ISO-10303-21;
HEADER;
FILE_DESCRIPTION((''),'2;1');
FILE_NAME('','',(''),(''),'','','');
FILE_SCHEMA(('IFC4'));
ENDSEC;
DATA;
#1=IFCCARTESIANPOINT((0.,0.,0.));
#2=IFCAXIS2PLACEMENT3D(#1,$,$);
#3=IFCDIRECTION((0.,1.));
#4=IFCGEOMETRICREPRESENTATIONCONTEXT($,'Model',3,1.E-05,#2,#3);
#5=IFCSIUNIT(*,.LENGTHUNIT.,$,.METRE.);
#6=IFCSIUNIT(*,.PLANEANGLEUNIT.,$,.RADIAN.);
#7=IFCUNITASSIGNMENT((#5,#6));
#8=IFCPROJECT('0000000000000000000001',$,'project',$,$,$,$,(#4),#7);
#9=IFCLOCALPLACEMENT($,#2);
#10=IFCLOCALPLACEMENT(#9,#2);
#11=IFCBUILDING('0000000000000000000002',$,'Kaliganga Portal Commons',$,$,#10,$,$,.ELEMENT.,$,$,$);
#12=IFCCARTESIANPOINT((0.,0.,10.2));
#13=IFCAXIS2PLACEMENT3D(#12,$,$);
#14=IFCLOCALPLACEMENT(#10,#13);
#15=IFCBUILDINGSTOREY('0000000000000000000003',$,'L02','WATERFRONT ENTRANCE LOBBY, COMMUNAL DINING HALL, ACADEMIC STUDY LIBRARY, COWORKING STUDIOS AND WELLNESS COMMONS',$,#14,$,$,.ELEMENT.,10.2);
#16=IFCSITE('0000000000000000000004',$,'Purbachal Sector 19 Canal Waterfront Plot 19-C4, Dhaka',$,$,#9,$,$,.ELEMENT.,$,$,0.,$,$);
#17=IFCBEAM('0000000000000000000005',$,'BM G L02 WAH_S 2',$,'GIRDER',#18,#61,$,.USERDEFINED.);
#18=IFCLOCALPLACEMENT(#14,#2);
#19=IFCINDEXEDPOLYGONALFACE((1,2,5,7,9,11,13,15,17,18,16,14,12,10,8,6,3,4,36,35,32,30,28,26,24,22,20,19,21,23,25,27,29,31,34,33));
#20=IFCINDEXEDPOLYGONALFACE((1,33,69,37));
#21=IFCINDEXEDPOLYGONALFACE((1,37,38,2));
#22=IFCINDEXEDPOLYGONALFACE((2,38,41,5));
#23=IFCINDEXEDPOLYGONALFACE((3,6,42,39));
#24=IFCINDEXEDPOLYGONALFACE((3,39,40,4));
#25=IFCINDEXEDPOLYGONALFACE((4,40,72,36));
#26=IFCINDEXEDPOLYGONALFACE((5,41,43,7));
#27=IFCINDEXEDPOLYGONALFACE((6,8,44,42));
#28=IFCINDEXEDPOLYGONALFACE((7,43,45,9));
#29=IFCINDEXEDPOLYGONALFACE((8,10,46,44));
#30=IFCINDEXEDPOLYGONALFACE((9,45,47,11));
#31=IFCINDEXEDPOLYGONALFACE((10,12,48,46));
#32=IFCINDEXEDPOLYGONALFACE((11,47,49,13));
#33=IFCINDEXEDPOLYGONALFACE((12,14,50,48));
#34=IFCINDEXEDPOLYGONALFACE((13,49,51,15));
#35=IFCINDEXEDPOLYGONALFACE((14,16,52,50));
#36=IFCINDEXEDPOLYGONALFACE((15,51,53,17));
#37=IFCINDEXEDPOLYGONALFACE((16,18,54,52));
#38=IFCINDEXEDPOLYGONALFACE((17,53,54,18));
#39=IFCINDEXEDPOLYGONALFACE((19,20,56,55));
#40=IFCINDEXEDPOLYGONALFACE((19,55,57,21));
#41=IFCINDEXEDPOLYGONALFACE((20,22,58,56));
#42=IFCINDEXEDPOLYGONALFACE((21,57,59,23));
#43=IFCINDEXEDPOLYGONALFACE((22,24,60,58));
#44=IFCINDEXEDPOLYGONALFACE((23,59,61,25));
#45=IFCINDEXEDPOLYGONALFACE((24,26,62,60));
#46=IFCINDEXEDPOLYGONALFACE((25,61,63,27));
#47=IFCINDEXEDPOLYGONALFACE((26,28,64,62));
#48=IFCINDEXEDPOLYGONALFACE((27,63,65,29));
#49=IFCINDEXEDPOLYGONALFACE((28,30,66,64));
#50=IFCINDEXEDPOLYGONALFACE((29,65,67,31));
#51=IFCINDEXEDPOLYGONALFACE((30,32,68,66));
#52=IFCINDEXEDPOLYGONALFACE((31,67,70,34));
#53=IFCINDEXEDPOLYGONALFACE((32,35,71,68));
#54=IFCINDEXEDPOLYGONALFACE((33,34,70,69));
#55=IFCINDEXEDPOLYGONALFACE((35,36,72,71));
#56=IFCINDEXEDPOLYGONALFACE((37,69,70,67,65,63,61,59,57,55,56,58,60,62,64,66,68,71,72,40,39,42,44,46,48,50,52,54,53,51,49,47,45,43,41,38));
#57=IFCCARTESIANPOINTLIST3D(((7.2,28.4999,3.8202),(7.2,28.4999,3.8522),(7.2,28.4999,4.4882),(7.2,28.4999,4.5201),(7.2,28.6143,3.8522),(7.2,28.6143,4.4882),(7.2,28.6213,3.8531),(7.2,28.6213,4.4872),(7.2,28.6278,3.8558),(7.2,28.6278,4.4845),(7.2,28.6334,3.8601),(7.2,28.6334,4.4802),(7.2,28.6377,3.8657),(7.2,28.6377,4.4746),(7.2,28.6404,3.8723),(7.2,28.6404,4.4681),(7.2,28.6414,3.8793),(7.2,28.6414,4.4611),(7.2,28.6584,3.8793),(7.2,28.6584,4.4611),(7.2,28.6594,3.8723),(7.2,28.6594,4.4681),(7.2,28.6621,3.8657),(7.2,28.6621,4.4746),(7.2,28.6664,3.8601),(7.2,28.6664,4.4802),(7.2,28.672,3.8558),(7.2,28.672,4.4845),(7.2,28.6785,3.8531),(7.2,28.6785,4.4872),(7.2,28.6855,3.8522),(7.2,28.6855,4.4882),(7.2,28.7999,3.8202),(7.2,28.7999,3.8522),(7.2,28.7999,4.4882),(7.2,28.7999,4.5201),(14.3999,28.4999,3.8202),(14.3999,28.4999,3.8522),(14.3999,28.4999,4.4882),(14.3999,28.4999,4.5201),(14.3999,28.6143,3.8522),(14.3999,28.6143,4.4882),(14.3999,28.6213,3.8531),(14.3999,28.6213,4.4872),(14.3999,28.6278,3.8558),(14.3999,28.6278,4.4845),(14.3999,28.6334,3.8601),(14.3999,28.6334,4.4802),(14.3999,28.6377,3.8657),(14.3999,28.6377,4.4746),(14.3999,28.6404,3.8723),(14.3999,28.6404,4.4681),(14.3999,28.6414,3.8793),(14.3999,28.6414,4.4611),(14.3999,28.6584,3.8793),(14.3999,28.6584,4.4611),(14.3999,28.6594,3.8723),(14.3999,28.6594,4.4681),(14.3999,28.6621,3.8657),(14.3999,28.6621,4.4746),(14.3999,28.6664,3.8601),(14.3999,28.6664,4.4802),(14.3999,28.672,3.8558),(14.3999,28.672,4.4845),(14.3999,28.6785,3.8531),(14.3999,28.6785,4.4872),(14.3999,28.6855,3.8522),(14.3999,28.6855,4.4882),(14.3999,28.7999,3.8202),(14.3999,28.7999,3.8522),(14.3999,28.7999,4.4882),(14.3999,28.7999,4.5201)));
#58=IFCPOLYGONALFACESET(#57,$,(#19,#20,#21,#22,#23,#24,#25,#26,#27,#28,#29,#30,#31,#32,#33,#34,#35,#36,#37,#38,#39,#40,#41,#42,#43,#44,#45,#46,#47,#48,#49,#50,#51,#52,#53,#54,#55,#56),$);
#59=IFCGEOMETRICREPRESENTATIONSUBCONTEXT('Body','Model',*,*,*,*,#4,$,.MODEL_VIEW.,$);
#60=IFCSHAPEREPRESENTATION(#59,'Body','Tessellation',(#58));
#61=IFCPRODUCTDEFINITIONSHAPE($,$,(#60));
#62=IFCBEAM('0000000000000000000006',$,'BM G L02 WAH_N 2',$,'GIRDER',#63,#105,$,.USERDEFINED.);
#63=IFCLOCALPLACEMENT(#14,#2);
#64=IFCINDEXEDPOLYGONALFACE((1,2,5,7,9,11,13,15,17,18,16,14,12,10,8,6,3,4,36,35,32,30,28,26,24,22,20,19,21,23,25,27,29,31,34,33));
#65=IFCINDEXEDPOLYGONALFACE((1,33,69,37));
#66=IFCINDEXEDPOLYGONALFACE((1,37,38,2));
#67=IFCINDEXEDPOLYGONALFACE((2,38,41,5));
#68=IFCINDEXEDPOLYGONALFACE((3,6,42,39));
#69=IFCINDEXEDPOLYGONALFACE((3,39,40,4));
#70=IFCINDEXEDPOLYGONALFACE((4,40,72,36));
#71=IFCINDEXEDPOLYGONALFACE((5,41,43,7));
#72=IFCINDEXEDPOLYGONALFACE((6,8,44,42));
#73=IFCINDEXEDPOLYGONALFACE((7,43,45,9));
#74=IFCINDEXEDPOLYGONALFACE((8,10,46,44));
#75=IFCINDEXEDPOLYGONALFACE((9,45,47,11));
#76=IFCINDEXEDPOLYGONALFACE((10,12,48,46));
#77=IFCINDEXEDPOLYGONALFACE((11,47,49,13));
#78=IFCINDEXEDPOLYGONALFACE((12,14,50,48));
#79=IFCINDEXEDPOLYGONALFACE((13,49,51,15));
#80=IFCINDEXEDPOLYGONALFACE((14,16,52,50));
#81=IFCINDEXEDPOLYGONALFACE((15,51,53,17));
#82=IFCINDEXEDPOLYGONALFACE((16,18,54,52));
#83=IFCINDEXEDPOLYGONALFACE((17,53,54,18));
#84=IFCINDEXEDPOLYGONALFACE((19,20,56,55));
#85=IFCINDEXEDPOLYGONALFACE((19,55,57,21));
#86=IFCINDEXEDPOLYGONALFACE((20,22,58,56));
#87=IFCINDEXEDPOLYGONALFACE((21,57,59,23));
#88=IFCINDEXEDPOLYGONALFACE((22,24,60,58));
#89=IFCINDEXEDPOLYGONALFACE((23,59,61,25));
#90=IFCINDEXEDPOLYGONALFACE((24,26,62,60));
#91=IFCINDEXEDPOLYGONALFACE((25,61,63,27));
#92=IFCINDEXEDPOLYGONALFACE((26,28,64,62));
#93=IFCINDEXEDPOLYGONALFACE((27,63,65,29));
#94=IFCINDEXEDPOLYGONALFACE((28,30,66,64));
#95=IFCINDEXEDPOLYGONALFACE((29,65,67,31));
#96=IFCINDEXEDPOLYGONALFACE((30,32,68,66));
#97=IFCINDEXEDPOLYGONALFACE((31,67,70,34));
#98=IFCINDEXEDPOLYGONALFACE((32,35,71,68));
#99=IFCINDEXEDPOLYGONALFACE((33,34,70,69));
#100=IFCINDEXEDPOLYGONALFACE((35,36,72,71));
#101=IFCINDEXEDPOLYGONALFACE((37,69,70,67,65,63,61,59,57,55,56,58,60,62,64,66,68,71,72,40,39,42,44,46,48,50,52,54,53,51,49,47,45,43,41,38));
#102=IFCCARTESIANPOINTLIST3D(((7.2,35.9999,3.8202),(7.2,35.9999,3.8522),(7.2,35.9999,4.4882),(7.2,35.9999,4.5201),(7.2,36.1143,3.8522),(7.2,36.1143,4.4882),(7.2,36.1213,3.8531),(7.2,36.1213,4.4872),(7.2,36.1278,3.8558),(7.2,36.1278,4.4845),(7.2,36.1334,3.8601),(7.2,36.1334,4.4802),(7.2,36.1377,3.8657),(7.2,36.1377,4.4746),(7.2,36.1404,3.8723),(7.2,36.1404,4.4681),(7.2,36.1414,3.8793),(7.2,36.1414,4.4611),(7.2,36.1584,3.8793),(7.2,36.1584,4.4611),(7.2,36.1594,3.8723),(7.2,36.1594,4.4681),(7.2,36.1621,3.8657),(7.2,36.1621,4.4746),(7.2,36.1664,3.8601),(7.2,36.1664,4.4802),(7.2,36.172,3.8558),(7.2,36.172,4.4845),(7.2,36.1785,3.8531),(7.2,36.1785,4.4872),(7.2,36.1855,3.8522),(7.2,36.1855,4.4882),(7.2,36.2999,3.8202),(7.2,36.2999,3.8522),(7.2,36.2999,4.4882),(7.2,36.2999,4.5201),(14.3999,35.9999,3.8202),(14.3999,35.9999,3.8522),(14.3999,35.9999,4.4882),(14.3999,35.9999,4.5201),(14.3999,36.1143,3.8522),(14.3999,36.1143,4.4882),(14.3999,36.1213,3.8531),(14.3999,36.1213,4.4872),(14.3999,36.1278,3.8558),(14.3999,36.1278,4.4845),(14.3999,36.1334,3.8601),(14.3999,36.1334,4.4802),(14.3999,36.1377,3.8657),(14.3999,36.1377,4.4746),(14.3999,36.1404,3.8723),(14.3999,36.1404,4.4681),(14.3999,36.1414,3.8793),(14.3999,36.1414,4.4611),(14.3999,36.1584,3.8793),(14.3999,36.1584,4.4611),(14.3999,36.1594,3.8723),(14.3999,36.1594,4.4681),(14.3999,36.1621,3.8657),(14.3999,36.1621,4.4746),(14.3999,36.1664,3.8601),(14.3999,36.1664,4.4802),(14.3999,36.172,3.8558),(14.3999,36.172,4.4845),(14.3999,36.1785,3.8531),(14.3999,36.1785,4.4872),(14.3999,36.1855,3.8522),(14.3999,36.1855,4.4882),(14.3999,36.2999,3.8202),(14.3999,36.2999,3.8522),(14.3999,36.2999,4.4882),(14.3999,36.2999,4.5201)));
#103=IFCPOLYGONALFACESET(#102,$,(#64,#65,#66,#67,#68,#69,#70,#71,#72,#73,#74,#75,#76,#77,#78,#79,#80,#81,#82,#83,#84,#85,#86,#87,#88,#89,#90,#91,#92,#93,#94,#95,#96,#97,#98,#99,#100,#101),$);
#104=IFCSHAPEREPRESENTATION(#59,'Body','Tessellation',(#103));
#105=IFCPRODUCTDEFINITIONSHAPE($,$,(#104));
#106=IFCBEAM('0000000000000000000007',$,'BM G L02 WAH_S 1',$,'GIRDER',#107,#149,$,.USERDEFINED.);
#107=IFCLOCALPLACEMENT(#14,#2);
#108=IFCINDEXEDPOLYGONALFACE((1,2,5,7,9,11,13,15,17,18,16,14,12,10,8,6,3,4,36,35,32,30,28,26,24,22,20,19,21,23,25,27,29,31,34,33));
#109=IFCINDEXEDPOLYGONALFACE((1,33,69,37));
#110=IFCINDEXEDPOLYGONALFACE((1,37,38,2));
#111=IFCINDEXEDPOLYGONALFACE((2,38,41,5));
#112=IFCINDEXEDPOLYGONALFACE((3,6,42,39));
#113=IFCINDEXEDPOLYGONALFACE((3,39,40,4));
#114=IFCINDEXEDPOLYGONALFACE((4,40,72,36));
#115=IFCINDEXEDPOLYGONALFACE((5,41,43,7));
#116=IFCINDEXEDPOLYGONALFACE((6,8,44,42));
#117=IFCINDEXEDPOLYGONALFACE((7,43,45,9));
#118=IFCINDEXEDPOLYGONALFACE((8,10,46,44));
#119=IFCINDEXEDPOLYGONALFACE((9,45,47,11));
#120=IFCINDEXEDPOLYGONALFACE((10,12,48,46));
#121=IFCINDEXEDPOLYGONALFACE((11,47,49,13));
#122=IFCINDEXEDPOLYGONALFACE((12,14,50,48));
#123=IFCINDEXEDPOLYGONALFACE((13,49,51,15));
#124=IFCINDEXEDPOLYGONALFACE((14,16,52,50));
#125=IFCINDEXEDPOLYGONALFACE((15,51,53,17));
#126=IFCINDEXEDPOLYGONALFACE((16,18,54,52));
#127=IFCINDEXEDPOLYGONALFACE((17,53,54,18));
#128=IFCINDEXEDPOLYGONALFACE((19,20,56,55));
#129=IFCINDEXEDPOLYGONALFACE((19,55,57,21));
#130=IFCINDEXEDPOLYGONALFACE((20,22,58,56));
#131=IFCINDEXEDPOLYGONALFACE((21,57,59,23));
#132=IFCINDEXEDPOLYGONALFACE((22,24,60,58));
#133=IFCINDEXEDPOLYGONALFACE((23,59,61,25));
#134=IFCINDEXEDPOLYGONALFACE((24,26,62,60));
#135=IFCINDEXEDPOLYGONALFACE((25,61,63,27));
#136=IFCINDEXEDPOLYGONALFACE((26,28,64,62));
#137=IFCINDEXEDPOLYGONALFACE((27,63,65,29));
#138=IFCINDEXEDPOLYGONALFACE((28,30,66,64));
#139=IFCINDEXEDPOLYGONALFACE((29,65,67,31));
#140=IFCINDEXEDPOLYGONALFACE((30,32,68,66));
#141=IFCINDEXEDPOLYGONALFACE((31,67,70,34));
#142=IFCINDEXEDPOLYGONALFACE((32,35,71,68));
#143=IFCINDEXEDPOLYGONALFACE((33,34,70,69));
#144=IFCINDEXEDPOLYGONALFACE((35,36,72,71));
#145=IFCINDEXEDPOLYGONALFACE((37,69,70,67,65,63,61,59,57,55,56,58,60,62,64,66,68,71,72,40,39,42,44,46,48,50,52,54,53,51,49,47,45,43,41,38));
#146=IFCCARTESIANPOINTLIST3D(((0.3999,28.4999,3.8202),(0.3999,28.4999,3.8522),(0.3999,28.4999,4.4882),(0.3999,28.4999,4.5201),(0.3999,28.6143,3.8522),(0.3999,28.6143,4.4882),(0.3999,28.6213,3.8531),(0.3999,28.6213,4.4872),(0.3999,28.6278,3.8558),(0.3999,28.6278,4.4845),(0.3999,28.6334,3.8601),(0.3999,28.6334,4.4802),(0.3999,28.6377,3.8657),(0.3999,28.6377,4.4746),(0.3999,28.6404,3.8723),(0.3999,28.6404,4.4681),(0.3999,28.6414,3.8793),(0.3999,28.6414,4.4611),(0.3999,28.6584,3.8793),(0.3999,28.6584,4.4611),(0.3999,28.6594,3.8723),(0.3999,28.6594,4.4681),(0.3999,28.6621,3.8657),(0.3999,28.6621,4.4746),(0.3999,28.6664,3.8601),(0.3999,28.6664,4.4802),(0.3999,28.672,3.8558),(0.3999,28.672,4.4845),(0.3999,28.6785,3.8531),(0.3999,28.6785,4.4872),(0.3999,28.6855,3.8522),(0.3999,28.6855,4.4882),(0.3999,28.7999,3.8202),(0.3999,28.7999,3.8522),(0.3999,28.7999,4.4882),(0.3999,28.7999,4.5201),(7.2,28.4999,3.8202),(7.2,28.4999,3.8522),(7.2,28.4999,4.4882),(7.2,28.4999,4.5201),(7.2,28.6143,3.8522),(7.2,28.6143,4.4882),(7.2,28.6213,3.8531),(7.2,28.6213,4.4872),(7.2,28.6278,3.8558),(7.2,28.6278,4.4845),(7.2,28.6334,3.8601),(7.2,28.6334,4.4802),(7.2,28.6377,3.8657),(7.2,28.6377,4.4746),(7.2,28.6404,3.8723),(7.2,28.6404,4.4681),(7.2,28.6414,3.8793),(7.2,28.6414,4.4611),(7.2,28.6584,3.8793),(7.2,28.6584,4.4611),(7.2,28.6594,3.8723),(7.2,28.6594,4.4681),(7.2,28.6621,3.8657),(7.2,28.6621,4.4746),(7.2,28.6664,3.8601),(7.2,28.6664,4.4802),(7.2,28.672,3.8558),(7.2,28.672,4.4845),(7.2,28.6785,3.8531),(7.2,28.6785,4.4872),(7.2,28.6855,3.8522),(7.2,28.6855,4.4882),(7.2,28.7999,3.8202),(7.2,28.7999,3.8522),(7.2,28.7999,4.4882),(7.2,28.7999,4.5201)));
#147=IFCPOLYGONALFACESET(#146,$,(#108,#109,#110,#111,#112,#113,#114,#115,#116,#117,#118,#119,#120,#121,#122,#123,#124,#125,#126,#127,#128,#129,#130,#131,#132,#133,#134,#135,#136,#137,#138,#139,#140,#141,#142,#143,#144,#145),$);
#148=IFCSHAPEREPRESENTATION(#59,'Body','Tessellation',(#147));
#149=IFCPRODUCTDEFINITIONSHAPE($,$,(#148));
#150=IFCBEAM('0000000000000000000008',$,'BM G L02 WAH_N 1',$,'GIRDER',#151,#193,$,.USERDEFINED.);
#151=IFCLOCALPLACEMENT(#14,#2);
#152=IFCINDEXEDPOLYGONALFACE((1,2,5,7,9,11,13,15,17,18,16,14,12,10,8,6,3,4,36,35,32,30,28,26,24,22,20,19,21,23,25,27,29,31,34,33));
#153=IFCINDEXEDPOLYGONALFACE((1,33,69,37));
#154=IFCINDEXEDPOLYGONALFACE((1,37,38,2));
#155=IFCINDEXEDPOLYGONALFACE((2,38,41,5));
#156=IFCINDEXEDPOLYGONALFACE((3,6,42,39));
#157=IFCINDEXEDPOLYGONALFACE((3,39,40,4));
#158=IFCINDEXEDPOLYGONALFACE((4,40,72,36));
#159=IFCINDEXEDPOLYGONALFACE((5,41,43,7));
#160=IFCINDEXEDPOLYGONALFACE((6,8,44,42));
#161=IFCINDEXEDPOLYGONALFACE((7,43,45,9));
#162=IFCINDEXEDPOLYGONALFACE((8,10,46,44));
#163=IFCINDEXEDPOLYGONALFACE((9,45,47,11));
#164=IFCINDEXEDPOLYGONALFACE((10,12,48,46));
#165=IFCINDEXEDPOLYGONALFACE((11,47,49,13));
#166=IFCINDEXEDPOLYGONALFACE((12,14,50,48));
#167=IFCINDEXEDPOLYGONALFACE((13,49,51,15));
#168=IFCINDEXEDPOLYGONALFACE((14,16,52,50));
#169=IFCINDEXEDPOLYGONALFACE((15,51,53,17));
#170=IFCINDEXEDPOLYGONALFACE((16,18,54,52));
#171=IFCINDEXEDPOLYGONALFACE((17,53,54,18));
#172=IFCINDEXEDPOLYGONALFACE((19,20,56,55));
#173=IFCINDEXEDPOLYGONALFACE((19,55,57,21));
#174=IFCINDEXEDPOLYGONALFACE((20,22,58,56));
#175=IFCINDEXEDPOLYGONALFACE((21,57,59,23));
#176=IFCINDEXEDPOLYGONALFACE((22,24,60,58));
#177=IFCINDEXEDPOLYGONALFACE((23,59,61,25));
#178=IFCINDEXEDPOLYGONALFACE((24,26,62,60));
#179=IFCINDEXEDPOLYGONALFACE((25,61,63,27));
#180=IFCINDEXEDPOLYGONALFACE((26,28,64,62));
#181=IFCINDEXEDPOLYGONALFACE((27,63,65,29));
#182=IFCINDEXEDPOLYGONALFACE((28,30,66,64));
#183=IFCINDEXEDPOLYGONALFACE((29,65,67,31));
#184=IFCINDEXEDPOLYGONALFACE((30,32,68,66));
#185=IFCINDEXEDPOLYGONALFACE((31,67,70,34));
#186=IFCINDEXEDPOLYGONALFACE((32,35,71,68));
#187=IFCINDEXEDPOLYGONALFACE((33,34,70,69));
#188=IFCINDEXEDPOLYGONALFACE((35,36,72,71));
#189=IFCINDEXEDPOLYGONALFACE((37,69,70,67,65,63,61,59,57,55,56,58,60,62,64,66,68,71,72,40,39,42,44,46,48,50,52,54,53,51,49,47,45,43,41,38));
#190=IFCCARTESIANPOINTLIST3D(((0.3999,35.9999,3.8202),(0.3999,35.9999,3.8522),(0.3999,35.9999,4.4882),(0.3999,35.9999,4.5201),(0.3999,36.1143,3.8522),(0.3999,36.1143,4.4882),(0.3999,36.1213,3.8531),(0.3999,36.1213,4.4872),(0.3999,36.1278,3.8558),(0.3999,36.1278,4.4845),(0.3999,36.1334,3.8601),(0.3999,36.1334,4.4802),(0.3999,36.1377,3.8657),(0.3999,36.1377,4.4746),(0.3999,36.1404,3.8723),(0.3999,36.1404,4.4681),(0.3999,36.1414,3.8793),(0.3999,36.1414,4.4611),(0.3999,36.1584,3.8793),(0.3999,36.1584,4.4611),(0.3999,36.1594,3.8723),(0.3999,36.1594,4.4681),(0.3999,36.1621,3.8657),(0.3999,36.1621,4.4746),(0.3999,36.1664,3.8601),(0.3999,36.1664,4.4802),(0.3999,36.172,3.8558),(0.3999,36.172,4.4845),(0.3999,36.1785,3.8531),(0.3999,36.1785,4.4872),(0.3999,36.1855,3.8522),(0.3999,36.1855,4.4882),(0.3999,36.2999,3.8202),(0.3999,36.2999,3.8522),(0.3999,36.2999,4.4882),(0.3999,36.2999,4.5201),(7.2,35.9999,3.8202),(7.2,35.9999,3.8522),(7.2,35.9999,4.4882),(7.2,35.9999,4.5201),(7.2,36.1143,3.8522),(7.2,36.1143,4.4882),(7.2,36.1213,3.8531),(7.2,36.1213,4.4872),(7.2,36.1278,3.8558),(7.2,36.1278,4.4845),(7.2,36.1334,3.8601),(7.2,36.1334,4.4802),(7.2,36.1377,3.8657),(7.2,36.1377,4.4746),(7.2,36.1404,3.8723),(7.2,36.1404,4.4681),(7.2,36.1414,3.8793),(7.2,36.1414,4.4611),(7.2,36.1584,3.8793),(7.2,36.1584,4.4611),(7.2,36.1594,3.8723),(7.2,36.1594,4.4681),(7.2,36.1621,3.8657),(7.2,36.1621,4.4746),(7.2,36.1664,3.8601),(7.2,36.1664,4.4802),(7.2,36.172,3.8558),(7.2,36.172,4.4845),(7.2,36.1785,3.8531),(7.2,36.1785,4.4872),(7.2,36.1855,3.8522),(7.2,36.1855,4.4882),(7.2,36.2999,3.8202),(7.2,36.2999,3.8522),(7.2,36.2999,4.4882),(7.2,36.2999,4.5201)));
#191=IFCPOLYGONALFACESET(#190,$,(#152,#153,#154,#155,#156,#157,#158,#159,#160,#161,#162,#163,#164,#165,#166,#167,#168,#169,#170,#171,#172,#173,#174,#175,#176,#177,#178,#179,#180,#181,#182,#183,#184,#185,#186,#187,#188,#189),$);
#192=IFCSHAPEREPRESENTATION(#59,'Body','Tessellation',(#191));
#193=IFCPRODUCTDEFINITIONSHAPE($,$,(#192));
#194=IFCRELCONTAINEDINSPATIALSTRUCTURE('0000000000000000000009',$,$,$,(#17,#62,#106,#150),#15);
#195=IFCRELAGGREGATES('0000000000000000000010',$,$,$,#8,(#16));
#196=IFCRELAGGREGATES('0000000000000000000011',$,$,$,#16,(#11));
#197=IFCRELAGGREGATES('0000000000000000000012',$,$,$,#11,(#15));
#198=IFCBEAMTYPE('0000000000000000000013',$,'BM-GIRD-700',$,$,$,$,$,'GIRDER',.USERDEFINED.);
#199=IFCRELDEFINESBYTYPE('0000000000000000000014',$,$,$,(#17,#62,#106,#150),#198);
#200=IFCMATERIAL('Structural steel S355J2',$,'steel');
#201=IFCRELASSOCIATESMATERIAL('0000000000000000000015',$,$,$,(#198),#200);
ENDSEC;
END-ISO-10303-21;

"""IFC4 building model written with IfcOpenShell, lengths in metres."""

from ifc_helpers import new_model, si_unit, direction, frame, origin, origin_2d, place, context, subcontext, project, spatial, i_section, extrude, source, transform, mapped, material, material_profile, profile_set, type_object, element, save


model = new_model("IFC4")

# Units and contexts
model_context = context("Model", 3, precision=1e-05, world=origin(), true_north=direction((0.0, 1.0)))
body_context = subcontext(model_context, "Body", "Model", "MODEL_VIEW")
ifc_project = project(units=[si_unit("LENGTHUNIT", "METRE"), si_unit("PLANEANGLEUNIT", "RADIAN")], contexts=[model_context])

# Site, building, storey
site_placement = place(None, origin())
site = spatial("IfcSite", under=ifc_project, at=site_placement, Name="Purbachal Sector 19 Canal Waterfront Plot 19-C4, Dhaka", CompositionType="ELEMENT", RefElevation=0.0)
building_placement = place(site_placement, origin())
building = spatial("IfcBuilding", under=site, at=building_placement, Name="Kaliganga Portal Commons", CompositionType="ELEMENT")
storey_placement = place(building_placement, frame((0.0, 0.0, 10.2)))
storey = spatial("IfcBuildingStorey", under=building, at=storey_placement, Name="L02", Description="WATERFRONT ENTRANCE LOBBY, COMMUNAL DINING HALL, ACADEMIC STUDY LIBRARY, COWORKING STUDIOS AND WELLNESS COMMONS", CompositionType="ELEMENT", Elevation=10.2)

# Beams
ifc_material_1 = material(Name="Structural steel S355J2", Category="steel")
ifc_material_profile_1 = material_profile(ifc_material_1, i_section(OverallWidth=0.3, OverallDepth=0.7, WebThickness=0.0171, FlangeThickness=0.032, FilletRadius=0.0271, at=origin_2d()), Name="HE 700 B")
ifc_profile_set_1 = profile_set([ifc_material_profile_1], Name="Structural steel S355J2 wide-flange")
beam_type_1 = type_object("IfcBeamType", Name="BM-GIRD-700", ElementType="GIRDER", PredefinedType="USERDEFINED", material=ifc_profile_set_1)
shared_shape_1 = source(origin(), body_context, "Body", "SweptSolid", [
    extrude(i_section(OverallWidth=0.3, OverallDepth=0.7, WebThickness=0.0171, FlangeThickness=0.032, FilletRadius=0.0271, at=origin_2d()), origin(), (0.0, 0.0, 1.0), 7.2),
])
for number, where, z_axis, x_axis, name in (
    (1, (7.2, 28.6499, 4.1702), (1.0, 0.0, 0.0), (0.0, 1.0, 0.0), "BM G L02 WAH_S 2"),
    (2, (7.2, 36.1499, 4.1702), (1.0, 0.0, 0.0), (0.0, 1.0, 0.0), "BM G L02 WAH_N 2"),
):
    element("IfcBeam", number, at=place(storey_placement, frame(where, z_axis=z_axis, x_axis=x_axis)), inside=storey, type_object=beam_type_1, Name=name, ObjectType="GIRDER", PredefinedType="USERDEFINED", context=body_context, shape_type="MappedRepresentation", body=[
        mapped(shared_shape_1, transform((0.0, 0.0, 0.0), x_axis=(1.0, 0.0, 0.0), y_axis=(0.0, 1.0, 0.0), z_axis=(0.0, 0.0, 1.0), scale=1.0)),
    ])
shared_shape_2 = source(origin(), body_context, "Body", "SweptSolid", [
    extrude(i_section(OverallWidth=0.3, OverallDepth=0.7, WebThickness=0.0171, FlangeThickness=0.032, FilletRadius=0.0271, at=origin_2d()), origin(), (0.0, 0.0, 1.0), 6.8),
])
for number, where, z_axis, x_axis, name in (
    (3, (0.3999, 28.6499, 4.1702), (1.0, 0.0, 0.0), (0.0, 1.0, 0.0), "BM G L02 WAH_S 1"),
    (4, (0.3999, 36.1499, 4.1702), (1.0, 0.0, 0.0), (0.0, 1.0, 0.0), "BM G L02 WAH_N 1"),
):
    element("IfcBeam", number, at=place(storey_placement, frame(where, z_axis=z_axis, x_axis=x_axis)), inside=storey, type_object=beam_type_1, Name=name, ObjectType="GIRDER", PredefinedType="USERDEFINED", context=body_context, shape_type="MappedRepresentation", body=[
        mapped(shared_shape_2, transform((0.0, 0.0, 0.0), x_axis=(1.0, 0.0, 0.0), y_axis=(0.0, 1.0, 0.0), z_axis=(0.0, 0.0, 1.0), scale=1.0)),
    ])

save(model, "model.ifc")
